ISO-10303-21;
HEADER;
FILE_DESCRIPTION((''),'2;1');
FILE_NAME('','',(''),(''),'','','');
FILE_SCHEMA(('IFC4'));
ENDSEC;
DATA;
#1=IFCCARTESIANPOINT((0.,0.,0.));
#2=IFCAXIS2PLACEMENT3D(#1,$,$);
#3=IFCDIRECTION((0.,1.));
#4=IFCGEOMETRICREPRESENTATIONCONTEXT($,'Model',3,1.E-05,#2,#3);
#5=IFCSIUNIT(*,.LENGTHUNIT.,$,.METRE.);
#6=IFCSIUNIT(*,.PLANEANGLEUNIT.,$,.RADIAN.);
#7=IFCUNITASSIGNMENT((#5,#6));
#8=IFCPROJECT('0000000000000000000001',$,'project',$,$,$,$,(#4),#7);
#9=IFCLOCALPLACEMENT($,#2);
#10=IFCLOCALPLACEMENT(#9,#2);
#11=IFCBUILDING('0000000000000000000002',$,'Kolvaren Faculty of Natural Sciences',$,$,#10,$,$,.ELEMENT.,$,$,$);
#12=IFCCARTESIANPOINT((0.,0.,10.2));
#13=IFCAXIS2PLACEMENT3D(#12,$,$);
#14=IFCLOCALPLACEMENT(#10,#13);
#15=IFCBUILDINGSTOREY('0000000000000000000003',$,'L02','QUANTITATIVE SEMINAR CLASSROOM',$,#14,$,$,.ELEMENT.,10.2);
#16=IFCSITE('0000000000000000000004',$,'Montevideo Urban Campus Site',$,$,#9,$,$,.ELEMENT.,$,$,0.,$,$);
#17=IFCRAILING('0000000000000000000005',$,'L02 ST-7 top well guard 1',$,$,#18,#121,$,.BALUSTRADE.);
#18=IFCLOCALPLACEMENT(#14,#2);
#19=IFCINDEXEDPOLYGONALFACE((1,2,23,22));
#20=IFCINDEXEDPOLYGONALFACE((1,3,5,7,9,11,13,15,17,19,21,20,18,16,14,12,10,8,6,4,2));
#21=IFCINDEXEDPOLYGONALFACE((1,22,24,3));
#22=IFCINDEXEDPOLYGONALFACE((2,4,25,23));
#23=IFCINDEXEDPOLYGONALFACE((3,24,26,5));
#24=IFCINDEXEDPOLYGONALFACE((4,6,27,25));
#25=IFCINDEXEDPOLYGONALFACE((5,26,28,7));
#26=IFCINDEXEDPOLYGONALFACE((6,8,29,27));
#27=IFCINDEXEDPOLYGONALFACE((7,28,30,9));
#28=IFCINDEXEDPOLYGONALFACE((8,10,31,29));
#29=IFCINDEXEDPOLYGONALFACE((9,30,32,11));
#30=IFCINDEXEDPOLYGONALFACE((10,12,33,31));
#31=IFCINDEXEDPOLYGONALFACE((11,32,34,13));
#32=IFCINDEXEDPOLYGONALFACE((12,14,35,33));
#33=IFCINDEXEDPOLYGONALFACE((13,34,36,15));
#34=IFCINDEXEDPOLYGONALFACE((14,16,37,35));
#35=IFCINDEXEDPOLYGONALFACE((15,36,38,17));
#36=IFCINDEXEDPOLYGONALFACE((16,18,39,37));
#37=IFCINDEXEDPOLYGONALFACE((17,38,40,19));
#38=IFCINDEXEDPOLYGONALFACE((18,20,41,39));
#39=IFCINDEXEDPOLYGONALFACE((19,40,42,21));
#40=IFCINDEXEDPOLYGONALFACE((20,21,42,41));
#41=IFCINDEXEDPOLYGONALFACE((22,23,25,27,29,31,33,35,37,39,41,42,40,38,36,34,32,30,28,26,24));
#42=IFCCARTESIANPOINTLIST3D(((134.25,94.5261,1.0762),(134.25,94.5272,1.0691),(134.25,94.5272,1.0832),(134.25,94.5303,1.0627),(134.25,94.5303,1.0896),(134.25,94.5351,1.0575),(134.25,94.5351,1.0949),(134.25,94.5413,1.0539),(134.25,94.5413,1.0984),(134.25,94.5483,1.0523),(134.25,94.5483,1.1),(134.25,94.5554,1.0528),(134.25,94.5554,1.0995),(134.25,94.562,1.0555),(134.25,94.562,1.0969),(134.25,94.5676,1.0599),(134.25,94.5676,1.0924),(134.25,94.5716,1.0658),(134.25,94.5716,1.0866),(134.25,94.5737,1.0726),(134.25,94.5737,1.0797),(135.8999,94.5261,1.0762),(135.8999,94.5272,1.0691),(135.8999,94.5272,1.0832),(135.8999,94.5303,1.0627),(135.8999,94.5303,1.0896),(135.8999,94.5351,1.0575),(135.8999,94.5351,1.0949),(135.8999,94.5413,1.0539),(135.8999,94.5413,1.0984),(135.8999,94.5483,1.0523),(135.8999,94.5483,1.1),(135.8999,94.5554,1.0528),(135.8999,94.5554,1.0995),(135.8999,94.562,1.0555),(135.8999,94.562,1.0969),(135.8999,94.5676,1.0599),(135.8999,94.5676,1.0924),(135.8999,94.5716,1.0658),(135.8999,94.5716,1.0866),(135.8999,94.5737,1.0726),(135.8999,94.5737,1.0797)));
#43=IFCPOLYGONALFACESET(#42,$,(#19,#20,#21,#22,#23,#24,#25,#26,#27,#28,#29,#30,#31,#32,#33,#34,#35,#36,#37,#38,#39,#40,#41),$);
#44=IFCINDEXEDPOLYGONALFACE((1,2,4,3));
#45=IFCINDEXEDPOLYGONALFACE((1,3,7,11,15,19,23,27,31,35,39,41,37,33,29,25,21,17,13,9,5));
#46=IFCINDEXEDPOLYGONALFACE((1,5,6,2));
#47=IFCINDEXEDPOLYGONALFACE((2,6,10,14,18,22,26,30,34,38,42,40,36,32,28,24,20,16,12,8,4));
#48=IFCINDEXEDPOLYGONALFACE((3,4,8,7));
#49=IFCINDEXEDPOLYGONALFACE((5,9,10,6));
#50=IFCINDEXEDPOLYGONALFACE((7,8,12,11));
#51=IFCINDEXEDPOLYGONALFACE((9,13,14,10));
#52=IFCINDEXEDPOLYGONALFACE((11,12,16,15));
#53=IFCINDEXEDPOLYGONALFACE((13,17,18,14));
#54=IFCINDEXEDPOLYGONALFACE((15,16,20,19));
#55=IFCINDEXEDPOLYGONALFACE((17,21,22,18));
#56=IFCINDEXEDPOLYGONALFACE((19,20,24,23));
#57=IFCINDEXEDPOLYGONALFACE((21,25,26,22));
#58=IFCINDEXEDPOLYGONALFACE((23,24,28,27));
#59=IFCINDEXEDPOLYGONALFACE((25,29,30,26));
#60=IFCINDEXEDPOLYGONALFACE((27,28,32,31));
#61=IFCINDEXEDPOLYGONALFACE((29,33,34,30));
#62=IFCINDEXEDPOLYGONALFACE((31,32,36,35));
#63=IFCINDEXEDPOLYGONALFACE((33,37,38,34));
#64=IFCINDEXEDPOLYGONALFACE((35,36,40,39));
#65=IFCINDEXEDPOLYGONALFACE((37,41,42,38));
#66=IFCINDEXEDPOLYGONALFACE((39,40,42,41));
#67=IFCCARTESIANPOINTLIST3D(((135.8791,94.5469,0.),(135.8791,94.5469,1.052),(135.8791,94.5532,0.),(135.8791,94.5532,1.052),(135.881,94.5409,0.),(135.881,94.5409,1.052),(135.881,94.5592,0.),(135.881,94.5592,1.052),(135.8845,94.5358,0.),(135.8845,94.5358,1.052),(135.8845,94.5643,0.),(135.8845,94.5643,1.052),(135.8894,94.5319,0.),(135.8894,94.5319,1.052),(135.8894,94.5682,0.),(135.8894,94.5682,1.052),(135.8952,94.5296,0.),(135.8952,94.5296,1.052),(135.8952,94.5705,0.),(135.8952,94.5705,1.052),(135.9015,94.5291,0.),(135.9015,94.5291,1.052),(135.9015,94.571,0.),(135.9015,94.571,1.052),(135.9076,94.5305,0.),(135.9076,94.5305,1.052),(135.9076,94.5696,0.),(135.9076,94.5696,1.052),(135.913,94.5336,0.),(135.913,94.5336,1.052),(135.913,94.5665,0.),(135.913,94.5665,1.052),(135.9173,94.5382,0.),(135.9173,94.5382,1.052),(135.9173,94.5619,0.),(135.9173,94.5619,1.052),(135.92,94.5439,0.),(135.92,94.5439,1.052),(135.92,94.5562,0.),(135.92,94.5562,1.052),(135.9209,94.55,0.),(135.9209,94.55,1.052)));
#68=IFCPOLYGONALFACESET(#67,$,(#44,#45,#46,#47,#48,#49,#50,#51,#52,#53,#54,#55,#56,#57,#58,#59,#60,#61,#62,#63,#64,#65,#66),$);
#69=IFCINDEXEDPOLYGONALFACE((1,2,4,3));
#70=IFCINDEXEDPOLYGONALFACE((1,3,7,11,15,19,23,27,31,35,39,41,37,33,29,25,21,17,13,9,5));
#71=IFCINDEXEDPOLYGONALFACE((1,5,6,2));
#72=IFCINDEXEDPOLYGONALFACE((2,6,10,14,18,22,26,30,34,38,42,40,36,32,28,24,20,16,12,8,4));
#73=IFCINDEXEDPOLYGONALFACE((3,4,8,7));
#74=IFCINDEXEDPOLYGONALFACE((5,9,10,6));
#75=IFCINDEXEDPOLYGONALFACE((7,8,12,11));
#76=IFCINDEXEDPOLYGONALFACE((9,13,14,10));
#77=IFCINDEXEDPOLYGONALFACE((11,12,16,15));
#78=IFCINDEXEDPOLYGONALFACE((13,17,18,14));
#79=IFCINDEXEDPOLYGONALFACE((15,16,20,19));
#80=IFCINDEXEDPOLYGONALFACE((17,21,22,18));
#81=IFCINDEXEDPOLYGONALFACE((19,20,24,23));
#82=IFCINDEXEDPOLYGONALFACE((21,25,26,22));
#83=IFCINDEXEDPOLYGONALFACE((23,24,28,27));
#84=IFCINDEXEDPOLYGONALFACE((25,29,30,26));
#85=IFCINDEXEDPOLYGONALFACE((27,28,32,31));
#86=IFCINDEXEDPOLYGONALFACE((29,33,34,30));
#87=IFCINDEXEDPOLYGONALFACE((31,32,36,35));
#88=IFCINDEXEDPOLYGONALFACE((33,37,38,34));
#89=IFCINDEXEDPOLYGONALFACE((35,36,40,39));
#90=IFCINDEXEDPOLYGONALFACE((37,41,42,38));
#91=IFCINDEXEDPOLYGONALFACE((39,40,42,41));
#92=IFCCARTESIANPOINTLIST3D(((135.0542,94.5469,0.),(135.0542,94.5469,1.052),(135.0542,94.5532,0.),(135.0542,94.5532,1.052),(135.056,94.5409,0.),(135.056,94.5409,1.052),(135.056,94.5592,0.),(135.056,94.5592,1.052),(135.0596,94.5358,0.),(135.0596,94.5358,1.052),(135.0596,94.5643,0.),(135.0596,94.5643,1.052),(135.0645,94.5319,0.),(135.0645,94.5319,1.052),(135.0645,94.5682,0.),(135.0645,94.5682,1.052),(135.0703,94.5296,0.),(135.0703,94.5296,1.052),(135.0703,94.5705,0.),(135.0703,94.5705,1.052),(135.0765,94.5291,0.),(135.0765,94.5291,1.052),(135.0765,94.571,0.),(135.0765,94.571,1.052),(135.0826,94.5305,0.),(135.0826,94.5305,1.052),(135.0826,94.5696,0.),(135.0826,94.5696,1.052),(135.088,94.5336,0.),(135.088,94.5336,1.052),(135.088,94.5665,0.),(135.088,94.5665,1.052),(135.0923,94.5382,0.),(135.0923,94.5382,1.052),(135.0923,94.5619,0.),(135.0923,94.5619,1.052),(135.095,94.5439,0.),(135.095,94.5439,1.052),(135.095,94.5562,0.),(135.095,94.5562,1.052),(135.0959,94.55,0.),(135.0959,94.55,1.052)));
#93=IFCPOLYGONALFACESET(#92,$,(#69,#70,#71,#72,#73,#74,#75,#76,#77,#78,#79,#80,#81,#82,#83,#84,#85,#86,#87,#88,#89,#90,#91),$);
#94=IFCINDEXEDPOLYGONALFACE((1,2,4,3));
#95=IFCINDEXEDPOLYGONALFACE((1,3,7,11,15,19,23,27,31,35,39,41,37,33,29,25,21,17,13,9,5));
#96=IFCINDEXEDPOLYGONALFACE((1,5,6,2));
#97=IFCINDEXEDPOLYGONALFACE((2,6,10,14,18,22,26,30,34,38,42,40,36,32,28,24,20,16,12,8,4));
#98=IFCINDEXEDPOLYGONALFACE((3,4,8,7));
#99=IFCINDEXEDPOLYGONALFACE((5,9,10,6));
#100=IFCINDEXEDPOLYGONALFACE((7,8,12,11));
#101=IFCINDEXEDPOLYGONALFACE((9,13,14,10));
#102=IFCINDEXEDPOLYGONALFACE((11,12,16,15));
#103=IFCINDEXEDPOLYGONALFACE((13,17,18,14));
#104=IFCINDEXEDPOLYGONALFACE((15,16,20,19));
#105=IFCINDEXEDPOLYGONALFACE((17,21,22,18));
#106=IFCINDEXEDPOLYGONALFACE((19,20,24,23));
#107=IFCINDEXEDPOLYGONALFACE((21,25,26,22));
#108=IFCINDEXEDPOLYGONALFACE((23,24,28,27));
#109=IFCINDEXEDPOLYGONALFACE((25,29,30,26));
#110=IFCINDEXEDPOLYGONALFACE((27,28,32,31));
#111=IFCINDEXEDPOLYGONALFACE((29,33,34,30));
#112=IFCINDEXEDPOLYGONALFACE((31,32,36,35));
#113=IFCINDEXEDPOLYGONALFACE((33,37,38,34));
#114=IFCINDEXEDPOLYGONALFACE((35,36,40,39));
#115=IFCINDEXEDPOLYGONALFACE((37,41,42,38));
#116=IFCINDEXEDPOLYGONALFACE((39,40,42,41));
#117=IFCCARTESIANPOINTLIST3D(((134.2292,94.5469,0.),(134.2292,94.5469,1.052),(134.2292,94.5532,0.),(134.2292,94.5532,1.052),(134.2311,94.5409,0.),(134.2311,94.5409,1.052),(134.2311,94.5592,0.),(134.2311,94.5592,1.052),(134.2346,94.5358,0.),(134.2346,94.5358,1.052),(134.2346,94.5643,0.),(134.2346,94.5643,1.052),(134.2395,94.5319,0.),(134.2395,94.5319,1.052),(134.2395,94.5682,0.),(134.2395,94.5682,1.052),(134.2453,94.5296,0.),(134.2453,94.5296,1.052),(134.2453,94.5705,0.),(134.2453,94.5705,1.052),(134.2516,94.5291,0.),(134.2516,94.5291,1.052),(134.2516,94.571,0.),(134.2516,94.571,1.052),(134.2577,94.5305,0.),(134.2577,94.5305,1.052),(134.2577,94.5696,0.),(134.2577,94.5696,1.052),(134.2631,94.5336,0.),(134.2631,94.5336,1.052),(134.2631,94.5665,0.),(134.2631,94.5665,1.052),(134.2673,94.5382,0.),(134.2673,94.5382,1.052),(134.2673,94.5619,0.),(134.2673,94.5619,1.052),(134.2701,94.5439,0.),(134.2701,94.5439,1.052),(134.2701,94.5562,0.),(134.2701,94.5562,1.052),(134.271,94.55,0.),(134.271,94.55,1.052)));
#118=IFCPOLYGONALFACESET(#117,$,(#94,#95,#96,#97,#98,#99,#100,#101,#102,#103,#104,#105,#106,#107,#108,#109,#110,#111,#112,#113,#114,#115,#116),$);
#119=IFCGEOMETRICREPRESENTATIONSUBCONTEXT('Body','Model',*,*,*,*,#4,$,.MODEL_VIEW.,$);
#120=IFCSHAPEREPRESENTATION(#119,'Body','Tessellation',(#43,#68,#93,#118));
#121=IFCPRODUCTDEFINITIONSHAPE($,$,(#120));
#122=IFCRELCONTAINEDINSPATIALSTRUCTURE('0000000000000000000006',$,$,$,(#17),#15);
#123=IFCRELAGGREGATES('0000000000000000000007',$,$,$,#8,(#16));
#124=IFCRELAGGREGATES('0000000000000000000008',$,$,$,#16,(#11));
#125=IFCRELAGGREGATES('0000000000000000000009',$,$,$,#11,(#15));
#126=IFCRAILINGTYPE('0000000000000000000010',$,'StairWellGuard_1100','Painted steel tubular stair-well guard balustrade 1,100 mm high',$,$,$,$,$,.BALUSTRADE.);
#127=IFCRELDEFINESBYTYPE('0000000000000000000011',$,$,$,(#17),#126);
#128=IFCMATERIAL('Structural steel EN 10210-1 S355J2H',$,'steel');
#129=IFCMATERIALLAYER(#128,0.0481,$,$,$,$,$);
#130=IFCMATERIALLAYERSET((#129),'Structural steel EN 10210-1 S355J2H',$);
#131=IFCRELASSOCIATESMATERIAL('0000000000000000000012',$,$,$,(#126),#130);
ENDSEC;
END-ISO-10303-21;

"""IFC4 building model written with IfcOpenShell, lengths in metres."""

from ifc_helpers import new_model, si_unit, direction, frame, origin, origin_2d, place, context, subcontext, project, spatial, circle, extrude, material, layer, layer_set, type_object, element, save


model = new_model("IFC4")

# Units and contexts
model_context = context("Model", 3, precision=1e-05, world=origin(), true_north=direction((0.0, 1.0)))
body_context = subcontext(model_context, "Body", "Model", "MODEL_VIEW")
ifc_project = project(units=[si_unit("LENGTHUNIT", "METRE"), si_unit("PLANEANGLEUNIT", "RADIAN")], contexts=[model_context])

# Site, building, storey
site_placement = place(None, origin())
site = spatial("IfcSite", under=ifc_project, at=site_placement, Name="Montevideo Urban Campus Site", CompositionType="ELEMENT", RefElevation=0.0)
building_placement = place(site_placement, origin())
building = spatial("IfcBuilding", under=site, at=building_placement, Name="Kolvaren Faculty of Natural Sciences", CompositionType="ELEMENT")
storey_placement = place(building_placement, frame((0.0, 0.0, 10.2)))
storey = spatial("IfcBuildingStorey", under=building, at=storey_placement, Name="L02", Description="QUANTITATIVE SEMINAR CLASSROOM", CompositionType="ELEMENT", Elevation=10.2)

# Railing
ifc_material_1 = material(Name="Structural steel EN 10210-1 S355J2H", Category="steel")
ifc_layer_1 = layer(ifc_material_1, 0.0481)
ifc_layer_set_1 = layer_set([ifc_layer_1], Name="Structural steel EN 10210-1 S355J2H")
railing_type = type_object("IfcRailingType", Name="StairWellGuard_1100", Description="Painted steel tubular stair-well guard balustrade 1,100 mm high", PredefinedType="BALUSTRADE", material=ifc_layer_set_1)
railing_placement = place(storey_placement, frame((135.8999, 94.55, 0.0)))
element("IfcRailing", 1, at=railing_placement, inside=storey, type_object=railing_type, Name="L02 ST-7 top well guard 1", PredefinedType="BALUSTRADE", context=body_context, shape_type="SweptSolid", body=[
    extrude(circle(Radius=0.0239, at=origin_2d()), frame((0.0, 0.0, 1.0762), z_axis=(-1.0, 0.0, 0.0), x_axis=(0.0, -1.0, 0.0)), (0.0, 0.0, 1.0), 1.6499),
    extrude(circle(Radius=0.021, at=origin_2d()), origin(), (0.0, 0.0, 1.0), 1.052),
    extrude(circle(Radius=0.021, at=origin_2d()), frame((-0.825, 0.0, 0.0)), (0.0, 0.0, 1.0), 1.052),
    extrude(circle(Radius=0.021, at=origin_2d()), frame((-1.6499, 0.0, 0.0)), (0.0, 0.0, 1.0), 1.052),
])

save(model, "model.ifc")
